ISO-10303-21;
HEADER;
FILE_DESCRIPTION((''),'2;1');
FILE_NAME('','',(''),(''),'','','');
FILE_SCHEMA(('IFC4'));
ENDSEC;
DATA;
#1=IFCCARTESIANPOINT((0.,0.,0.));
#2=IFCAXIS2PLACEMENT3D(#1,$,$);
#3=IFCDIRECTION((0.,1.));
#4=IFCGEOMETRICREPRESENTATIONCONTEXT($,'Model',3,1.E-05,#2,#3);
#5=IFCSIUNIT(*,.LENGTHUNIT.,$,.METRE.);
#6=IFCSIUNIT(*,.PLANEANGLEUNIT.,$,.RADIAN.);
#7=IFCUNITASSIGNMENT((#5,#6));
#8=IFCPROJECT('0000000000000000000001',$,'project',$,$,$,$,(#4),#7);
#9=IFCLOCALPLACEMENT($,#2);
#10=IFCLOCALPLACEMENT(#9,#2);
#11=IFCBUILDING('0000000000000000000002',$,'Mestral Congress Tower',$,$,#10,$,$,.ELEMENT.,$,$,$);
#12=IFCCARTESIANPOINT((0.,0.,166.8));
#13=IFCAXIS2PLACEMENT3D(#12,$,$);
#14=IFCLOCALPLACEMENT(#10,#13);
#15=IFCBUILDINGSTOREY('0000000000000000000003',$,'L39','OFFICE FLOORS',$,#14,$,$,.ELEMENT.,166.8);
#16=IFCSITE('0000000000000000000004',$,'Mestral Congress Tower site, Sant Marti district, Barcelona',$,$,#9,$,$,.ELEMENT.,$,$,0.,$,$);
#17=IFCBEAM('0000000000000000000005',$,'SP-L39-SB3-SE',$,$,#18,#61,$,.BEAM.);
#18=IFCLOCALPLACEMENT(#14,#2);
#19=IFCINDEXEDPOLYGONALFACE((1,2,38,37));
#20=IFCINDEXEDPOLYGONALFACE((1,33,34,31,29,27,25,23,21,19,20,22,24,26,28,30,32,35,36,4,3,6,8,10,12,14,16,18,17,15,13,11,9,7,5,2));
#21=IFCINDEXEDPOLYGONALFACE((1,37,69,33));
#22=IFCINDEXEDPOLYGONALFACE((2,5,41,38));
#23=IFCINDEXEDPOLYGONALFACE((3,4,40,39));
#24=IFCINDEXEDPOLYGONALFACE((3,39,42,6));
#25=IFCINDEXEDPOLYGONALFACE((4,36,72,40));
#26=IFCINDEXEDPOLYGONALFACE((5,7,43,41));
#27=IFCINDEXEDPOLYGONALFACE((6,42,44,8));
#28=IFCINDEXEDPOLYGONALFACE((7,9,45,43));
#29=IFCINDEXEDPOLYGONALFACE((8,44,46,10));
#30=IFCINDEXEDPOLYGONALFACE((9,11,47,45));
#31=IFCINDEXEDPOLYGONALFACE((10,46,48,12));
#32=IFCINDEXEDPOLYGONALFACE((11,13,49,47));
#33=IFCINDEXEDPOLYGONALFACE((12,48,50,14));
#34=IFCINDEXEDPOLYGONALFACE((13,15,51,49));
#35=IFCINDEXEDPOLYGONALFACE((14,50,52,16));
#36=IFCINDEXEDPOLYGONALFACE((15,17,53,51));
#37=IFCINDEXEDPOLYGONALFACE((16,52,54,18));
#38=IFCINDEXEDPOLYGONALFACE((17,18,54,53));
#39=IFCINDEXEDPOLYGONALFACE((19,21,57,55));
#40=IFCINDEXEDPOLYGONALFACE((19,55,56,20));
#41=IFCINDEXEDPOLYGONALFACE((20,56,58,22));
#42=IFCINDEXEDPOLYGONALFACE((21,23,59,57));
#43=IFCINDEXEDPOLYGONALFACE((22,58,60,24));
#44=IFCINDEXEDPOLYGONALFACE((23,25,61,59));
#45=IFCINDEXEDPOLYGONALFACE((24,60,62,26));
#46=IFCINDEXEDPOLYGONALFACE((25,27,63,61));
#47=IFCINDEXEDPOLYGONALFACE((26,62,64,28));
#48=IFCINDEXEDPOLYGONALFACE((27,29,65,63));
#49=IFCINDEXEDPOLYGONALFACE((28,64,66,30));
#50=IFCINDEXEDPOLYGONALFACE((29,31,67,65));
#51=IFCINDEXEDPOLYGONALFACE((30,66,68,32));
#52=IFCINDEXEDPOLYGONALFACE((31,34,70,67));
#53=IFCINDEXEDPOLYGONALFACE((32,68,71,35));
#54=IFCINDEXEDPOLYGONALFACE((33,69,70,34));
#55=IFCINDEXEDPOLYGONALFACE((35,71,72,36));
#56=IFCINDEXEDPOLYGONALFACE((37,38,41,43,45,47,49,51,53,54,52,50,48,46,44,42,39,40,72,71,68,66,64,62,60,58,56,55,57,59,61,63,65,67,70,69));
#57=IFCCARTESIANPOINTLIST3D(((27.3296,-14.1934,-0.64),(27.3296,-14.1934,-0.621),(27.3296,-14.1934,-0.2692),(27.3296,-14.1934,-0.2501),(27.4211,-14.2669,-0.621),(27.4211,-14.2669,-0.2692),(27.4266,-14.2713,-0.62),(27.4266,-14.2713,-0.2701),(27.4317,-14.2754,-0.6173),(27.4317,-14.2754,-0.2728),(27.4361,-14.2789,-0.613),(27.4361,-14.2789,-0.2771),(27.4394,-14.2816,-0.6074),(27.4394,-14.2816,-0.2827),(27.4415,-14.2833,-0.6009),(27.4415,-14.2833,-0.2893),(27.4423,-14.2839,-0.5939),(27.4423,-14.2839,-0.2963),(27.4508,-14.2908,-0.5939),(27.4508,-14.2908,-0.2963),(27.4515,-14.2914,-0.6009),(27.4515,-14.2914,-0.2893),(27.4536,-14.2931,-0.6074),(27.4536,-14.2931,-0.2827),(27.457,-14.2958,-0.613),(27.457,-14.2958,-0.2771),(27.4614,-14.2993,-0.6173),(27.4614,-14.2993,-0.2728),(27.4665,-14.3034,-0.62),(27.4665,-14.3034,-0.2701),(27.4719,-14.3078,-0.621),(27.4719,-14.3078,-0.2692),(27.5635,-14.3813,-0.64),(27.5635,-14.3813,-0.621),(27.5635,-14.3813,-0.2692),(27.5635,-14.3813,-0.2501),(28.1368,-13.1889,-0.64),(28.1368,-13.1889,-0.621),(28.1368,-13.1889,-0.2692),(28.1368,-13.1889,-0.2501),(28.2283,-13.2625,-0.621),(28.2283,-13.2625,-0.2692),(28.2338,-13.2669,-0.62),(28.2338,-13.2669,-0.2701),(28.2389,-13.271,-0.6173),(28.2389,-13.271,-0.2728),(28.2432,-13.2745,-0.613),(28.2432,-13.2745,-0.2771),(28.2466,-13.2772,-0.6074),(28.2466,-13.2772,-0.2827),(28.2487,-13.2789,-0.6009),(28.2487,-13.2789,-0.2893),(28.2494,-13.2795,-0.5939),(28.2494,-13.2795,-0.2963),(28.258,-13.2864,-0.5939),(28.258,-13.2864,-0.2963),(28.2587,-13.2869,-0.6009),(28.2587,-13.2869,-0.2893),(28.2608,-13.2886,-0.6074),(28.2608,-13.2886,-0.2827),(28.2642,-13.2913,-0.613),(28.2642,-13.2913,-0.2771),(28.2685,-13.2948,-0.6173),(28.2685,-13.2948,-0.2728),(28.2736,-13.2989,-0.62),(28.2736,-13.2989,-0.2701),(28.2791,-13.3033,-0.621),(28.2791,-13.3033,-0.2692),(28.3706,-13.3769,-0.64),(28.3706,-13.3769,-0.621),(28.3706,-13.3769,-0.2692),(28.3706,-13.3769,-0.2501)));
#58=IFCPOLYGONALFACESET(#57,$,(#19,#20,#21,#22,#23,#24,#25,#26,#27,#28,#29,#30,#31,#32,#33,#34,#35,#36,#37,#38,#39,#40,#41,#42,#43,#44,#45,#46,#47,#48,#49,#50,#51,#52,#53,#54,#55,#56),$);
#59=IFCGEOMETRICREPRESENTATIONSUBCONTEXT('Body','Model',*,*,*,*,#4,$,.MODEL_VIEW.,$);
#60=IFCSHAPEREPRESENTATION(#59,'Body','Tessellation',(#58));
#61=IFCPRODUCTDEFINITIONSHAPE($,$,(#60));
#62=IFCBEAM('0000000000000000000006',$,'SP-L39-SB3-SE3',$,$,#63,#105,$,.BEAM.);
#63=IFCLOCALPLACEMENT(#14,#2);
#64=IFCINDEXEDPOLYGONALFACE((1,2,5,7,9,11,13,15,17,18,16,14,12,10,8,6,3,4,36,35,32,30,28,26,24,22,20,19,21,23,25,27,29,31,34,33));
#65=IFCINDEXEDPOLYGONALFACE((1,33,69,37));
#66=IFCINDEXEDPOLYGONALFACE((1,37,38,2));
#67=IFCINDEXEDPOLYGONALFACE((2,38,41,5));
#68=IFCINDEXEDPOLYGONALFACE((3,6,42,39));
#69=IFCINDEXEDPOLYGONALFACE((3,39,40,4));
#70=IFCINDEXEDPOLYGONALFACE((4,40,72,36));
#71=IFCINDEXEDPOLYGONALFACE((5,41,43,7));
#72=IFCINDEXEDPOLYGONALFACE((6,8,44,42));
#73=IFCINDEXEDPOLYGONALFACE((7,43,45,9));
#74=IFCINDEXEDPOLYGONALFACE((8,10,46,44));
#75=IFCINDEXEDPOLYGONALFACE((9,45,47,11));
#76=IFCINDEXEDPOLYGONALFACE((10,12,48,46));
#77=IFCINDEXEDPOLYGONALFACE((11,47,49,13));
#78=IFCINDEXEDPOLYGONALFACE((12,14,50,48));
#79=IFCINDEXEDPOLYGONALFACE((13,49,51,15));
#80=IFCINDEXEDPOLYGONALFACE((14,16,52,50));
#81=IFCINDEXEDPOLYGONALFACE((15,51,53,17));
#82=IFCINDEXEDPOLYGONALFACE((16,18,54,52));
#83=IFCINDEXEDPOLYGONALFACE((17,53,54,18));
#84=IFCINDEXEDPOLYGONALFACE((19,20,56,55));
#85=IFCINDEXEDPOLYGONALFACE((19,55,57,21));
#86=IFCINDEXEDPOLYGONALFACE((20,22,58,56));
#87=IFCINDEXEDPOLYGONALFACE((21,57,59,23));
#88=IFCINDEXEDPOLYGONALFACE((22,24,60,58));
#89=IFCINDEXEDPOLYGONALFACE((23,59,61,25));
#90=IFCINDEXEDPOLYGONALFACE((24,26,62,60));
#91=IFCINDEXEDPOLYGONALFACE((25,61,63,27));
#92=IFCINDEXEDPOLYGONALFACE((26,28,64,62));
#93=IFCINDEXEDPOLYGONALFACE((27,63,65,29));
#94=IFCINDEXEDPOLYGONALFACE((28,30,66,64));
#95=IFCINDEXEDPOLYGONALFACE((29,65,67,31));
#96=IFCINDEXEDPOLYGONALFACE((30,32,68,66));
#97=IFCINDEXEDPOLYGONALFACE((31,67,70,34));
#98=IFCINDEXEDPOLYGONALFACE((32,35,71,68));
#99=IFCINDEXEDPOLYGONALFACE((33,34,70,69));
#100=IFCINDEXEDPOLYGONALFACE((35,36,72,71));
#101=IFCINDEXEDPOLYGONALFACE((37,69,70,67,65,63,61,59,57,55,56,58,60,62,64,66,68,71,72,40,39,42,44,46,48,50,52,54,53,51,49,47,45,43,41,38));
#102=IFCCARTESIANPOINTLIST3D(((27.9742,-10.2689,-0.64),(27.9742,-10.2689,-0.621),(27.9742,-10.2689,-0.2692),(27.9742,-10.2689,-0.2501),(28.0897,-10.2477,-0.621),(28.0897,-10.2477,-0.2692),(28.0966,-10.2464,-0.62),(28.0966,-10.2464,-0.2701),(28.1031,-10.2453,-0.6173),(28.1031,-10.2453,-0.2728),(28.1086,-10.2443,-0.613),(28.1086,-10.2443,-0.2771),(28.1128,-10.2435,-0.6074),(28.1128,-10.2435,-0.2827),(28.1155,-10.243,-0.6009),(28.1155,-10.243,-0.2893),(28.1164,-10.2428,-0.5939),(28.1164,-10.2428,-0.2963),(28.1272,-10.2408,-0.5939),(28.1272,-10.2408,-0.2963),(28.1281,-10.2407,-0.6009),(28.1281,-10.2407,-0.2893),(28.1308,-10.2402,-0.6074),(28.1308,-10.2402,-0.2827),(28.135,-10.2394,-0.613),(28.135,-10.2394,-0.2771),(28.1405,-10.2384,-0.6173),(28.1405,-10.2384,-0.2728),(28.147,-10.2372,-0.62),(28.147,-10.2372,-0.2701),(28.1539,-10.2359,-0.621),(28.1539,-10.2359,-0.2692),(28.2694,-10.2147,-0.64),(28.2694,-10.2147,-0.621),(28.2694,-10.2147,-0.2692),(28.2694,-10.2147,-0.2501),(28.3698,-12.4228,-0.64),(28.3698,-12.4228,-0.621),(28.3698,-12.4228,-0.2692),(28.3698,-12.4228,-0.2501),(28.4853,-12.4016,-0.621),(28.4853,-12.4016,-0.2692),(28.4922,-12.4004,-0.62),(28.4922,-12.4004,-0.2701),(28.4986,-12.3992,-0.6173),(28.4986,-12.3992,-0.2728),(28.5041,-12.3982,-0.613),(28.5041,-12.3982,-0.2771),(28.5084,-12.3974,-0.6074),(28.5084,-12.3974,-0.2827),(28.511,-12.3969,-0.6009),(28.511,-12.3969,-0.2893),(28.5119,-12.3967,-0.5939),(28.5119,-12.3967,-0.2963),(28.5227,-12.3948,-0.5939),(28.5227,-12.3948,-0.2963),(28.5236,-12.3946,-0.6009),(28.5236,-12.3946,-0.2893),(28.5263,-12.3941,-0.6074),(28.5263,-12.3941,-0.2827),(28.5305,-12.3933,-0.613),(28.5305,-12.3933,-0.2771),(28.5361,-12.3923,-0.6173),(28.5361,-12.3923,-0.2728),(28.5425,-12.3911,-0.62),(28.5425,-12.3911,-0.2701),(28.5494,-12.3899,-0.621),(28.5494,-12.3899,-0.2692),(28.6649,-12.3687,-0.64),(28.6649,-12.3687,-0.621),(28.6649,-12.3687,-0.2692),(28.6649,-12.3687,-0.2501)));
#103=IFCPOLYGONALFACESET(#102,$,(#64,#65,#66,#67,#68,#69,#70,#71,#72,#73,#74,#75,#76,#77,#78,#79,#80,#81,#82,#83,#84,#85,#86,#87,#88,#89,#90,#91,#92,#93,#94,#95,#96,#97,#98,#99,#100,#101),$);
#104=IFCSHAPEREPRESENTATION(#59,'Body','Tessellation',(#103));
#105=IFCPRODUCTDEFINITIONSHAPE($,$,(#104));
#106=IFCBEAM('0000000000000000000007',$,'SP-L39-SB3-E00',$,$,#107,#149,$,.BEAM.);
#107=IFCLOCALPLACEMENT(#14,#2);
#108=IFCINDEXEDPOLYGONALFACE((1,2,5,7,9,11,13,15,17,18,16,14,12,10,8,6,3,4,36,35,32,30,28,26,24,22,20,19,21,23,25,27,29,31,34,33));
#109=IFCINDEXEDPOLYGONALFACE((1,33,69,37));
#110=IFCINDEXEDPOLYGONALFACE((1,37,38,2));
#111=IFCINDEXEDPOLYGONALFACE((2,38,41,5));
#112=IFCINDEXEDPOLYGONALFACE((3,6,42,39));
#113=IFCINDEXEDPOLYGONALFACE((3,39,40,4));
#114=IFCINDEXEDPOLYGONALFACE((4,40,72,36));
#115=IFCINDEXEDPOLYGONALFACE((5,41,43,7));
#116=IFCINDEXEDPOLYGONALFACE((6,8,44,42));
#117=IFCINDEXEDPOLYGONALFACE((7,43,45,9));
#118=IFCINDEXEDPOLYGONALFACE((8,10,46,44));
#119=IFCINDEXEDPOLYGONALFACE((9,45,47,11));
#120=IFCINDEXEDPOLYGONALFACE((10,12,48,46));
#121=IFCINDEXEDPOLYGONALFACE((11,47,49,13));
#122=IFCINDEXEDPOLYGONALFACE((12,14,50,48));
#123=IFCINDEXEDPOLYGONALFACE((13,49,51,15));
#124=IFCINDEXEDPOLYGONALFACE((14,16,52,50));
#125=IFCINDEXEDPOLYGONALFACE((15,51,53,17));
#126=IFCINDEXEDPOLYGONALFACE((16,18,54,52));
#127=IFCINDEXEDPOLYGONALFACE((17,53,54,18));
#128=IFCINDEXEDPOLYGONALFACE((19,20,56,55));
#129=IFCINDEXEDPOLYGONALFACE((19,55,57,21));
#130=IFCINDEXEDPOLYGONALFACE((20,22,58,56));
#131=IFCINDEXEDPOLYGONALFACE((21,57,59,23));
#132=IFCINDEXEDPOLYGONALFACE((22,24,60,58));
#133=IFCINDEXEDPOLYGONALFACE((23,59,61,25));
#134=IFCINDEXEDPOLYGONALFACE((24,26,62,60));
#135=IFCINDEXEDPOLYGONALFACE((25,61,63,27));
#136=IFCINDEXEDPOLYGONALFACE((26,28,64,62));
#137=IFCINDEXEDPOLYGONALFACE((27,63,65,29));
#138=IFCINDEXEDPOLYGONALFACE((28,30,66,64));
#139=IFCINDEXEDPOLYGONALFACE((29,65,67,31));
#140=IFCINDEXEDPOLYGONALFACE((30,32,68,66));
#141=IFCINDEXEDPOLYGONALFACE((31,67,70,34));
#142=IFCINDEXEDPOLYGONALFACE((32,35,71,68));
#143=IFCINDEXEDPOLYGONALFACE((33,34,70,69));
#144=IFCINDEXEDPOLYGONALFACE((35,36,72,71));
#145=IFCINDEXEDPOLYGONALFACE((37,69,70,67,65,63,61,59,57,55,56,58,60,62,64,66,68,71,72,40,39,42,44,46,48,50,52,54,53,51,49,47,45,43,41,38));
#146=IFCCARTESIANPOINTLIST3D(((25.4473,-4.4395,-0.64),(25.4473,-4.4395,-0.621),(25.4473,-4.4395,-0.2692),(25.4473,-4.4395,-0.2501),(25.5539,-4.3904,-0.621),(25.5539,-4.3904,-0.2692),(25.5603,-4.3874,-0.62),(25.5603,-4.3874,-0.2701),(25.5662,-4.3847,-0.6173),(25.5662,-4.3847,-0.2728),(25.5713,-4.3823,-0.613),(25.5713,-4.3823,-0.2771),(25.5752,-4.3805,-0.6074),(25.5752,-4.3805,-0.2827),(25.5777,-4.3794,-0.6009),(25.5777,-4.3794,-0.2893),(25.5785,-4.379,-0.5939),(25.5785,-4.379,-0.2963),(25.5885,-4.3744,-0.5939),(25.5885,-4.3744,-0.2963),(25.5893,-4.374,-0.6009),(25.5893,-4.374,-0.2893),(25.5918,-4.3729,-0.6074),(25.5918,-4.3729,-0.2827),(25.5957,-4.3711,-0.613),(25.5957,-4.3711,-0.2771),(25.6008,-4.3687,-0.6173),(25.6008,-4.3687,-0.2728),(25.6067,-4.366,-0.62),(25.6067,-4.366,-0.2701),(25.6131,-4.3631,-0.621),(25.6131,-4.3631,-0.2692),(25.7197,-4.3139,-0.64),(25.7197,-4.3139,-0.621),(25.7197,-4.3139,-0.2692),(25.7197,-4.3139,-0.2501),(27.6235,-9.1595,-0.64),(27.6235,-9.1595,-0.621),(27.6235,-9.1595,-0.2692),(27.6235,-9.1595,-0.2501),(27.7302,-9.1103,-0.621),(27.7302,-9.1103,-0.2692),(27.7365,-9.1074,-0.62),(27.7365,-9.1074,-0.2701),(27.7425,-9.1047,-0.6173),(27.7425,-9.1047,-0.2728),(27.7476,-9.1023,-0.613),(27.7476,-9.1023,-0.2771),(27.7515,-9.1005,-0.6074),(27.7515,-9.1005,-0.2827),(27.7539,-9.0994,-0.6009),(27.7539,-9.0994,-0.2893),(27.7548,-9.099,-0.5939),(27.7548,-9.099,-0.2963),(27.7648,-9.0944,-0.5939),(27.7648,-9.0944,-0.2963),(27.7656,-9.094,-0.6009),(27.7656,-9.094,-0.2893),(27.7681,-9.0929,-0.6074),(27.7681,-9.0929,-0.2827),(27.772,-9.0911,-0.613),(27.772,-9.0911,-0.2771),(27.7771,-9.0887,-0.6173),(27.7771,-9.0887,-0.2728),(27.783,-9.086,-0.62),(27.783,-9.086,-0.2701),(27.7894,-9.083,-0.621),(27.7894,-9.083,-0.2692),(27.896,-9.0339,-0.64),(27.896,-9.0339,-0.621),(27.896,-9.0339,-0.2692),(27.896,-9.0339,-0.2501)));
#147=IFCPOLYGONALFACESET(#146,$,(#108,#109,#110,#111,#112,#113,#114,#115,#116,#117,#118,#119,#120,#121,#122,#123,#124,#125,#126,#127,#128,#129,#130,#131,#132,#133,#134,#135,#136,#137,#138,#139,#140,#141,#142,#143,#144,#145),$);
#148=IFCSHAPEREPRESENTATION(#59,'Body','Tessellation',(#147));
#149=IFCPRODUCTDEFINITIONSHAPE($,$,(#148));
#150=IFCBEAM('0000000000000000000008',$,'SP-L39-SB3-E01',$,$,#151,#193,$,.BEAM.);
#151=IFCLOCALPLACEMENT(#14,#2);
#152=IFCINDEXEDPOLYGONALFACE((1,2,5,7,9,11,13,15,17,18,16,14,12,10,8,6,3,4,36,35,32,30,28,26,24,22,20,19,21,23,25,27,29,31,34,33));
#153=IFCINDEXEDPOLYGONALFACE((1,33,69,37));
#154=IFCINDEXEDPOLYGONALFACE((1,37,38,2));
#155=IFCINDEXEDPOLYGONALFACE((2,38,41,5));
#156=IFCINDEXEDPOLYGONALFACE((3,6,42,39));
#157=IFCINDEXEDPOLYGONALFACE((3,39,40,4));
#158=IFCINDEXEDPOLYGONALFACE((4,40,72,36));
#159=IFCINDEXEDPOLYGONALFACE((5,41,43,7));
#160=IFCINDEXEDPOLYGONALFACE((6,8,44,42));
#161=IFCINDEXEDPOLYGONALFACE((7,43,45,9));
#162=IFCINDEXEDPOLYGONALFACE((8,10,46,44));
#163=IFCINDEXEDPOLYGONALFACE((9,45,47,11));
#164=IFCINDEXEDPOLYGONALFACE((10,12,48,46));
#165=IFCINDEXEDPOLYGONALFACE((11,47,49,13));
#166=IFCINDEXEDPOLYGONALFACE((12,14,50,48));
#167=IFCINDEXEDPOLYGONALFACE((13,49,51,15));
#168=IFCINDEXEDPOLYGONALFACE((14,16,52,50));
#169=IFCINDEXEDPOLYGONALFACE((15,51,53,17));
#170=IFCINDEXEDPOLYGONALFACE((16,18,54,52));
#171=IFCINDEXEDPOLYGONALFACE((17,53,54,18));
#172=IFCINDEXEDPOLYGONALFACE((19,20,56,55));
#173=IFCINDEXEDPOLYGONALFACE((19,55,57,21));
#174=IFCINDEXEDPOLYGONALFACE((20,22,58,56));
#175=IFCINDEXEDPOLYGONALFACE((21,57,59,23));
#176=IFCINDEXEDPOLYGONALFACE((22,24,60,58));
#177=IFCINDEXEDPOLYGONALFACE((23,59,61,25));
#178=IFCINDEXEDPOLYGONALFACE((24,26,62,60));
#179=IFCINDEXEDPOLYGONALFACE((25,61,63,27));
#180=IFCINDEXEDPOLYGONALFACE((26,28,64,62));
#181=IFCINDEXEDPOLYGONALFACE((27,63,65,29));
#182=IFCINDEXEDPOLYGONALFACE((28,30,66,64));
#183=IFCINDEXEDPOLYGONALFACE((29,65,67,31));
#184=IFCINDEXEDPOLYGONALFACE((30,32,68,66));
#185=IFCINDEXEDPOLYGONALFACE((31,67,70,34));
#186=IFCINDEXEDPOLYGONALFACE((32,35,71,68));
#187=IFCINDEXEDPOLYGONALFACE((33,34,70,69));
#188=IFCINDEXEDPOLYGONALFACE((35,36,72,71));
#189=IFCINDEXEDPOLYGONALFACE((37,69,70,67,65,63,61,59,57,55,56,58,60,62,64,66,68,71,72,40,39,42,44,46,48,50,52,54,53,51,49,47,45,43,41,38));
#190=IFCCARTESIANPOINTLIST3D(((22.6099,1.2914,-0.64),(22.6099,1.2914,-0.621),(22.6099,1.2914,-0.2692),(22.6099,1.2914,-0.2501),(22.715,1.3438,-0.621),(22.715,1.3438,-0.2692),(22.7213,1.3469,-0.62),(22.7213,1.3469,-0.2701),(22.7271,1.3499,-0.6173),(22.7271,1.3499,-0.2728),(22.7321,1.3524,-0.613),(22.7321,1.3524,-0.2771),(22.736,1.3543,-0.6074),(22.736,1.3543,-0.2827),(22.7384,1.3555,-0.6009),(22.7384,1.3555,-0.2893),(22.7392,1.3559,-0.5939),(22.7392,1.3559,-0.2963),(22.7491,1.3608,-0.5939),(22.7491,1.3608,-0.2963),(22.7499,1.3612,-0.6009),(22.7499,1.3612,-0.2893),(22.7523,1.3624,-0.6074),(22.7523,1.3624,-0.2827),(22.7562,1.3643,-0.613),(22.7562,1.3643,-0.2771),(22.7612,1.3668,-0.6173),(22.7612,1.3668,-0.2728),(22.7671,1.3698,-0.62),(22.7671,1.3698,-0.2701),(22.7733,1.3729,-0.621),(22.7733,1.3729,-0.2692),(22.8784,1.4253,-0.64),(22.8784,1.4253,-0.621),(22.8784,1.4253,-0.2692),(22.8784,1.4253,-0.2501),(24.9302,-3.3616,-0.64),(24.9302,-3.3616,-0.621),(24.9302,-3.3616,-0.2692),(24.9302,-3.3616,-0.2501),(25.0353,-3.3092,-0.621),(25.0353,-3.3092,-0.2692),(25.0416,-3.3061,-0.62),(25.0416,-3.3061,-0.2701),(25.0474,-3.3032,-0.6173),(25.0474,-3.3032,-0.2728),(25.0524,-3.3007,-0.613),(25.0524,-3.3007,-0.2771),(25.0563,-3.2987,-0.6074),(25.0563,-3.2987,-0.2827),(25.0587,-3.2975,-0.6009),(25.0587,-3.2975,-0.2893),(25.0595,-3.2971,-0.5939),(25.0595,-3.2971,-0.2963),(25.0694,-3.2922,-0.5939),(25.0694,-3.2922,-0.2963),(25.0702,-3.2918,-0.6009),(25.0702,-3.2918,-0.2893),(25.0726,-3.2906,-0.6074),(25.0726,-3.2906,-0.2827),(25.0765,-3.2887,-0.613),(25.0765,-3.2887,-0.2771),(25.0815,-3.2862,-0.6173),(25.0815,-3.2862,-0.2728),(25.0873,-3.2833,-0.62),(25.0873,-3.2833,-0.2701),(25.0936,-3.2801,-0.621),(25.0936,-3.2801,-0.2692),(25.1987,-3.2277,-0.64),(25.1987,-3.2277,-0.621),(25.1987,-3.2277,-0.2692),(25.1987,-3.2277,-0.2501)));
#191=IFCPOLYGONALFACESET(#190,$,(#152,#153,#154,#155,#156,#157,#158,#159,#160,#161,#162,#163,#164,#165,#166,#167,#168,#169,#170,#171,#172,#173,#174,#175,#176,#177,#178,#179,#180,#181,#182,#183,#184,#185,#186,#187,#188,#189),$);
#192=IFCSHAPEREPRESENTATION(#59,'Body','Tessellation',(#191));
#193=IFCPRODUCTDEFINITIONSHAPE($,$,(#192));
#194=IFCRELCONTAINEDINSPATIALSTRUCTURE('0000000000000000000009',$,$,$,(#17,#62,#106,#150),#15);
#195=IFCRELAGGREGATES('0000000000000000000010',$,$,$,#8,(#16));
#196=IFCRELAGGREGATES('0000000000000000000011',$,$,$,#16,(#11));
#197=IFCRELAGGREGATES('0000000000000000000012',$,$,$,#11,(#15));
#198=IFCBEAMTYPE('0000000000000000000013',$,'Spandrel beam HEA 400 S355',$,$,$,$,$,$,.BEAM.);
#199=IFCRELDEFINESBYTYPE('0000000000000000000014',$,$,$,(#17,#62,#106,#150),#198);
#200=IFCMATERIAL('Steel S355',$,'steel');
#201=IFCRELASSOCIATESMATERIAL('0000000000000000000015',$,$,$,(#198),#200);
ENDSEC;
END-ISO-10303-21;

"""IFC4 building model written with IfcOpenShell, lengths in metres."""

from ifc_helpers import new_model, si_unit, direction, frame, origin, origin_2d, place, context, subcontext, project, spatial, i_section, extrude, material, material_profile, profile_set, type_object, element, save


model = new_model("IFC4")

# Units and contexts
model_context = context("Model", 3, precision=1e-05, world=origin(), true_north=direction((0.0, 1.0)))
body_context = subcontext(model_context, "Body", "Model", "MODEL_VIEW")
ifc_project = project(units=[si_unit("LENGTHUNIT", "METRE"), si_unit("PLANEANGLEUNIT", "RADIAN")], contexts=[model_context])

# Site, building, storey
site_placement = place(None, origin())
site = spatial("IfcSite", under=ifc_project, at=site_placement, Name="Mestral Congress Tower site, Sant Marti district, Barcelona", CompositionType="ELEMENT", RefElevation=0.0)
building_placement = place(site_placement, origin())
building = spatial("IfcBuilding", under=site, at=building_placement, Name="Mestral Congress Tower", CompositionType="ELEMENT")
storey_placement = place(building_placement, frame((0.0, 0.0, 166.8)))
storey = spatial("IfcBuildingStorey", under=building, at=storey_placement, Name="L39", Description="OFFICE FLOORS", CompositionType="ELEMENT", Elevation=166.8)

# Beams
ifc_material_1 = material(Name="Steel S355", Category="steel")
ifc_material_profile_1 = material_profile(ifc_material_1, i_section(OverallWidth=0.3, OverallDepth=0.3899, WebThickness=0.011, FlangeThickness=0.019, FilletRadius=0.0271, at=origin_2d()), Name="HEA 400")
ifc_profile_set_1 = profile_set([ifc_material_profile_1], Name="Steel S355")
beam_type_1 = type_object("IfcBeamType", Name="Spandrel beam HEA 400 S355", PredefinedType="BEAM", material=ifc_profile_set_1)
beam_1_placement = place(storey_placement, frame((27.4465, -14.2874, -0.4451), z_axis=(0.626403, 0.779499, 0.0), x_axis=(-0.779499, 0.626403, 0.0)))
element("IfcBeam", 1, at=beam_1_placement, inside=storey, type_object=beam_type_1, Name="SP-L39-SB3-SE", PredefinedType="BEAM", context=body_context, shape_type="SweptSolid", body=[
    extrude(i_section(OverallWidth=0.3, OverallDepth=0.3899, WebThickness=0.011, FlangeThickness=0.019, FilletRadius=0.0271, at=origin_2d()), origin(), (0.0, 0.0, 1.0), 1.2886),
])
beam_2_placement = place(storey_placement, frame((28.5173, -12.3958, -0.4451), z_axis=(-0.180612, 0.983554, 0.0), x_axis=(-0.983554, -0.180612, 0.0)))
element("IfcBeam", 2, at=beam_2_placement, inside=storey, type_object=beam_type_1, Name="SP-L39-SB3-SE3", PredefinedType="BEAM", context=body_context, shape_type="SweptSolid", body=[
    extrude(i_section(OverallWidth=0.3, OverallDepth=0.3899, WebThickness=0.011, FlangeThickness=0.019, FilletRadius=0.0271, at=origin_2d()), origin(), (0.0, 0.0, 1.0), 2.1899),
])
beam_3_placement = place(storey_placement, frame((27.7598, -9.0967, -0.4451), z_axis=(-0.418713, 0.908119, 0.0), x_axis=(-0.908119, -0.418713, 0.0)))
element("IfcBeam", 3, at=beam_3_placement, inside=storey, type_object=beam_type_1, Name="SP-L39-SB3-E00", PredefinedType="BEAM", context=body_context, shape_type="SweptSolid", body=[
    extrude(i_section(OverallWidth=0.3, OverallDepth=0.3899, WebThickness=0.011, FlangeThickness=0.019, FilletRadius=0.0271, at=origin_2d()), origin(), (0.0, 0.0, 1.0), 5.1975),
])
beam_4_placement = place(storey_placement, frame((25.0645, -3.2947, -0.4451), z_axis=(-0.446255, 0.894906, 0.0), x_axis=(-0.894906, -0.446255, 0.0)))
element("IfcBeam", 4, at=beam_4_placement, inside=storey, type_object=beam_type_1, Name="SP-L39-SB3-E01", PredefinedType="BEAM", context=body_context, shape_type="SweptSolid", body=[
    extrude(i_section(OverallWidth=0.3, OverallDepth=0.3899, WebThickness=0.011, FlangeThickness=0.019, FilletRadius=0.0271, at=origin_2d()), origin(), (0.0, 0.0, 1.0), 5.1995),
])

save(model, "model.ifc")
